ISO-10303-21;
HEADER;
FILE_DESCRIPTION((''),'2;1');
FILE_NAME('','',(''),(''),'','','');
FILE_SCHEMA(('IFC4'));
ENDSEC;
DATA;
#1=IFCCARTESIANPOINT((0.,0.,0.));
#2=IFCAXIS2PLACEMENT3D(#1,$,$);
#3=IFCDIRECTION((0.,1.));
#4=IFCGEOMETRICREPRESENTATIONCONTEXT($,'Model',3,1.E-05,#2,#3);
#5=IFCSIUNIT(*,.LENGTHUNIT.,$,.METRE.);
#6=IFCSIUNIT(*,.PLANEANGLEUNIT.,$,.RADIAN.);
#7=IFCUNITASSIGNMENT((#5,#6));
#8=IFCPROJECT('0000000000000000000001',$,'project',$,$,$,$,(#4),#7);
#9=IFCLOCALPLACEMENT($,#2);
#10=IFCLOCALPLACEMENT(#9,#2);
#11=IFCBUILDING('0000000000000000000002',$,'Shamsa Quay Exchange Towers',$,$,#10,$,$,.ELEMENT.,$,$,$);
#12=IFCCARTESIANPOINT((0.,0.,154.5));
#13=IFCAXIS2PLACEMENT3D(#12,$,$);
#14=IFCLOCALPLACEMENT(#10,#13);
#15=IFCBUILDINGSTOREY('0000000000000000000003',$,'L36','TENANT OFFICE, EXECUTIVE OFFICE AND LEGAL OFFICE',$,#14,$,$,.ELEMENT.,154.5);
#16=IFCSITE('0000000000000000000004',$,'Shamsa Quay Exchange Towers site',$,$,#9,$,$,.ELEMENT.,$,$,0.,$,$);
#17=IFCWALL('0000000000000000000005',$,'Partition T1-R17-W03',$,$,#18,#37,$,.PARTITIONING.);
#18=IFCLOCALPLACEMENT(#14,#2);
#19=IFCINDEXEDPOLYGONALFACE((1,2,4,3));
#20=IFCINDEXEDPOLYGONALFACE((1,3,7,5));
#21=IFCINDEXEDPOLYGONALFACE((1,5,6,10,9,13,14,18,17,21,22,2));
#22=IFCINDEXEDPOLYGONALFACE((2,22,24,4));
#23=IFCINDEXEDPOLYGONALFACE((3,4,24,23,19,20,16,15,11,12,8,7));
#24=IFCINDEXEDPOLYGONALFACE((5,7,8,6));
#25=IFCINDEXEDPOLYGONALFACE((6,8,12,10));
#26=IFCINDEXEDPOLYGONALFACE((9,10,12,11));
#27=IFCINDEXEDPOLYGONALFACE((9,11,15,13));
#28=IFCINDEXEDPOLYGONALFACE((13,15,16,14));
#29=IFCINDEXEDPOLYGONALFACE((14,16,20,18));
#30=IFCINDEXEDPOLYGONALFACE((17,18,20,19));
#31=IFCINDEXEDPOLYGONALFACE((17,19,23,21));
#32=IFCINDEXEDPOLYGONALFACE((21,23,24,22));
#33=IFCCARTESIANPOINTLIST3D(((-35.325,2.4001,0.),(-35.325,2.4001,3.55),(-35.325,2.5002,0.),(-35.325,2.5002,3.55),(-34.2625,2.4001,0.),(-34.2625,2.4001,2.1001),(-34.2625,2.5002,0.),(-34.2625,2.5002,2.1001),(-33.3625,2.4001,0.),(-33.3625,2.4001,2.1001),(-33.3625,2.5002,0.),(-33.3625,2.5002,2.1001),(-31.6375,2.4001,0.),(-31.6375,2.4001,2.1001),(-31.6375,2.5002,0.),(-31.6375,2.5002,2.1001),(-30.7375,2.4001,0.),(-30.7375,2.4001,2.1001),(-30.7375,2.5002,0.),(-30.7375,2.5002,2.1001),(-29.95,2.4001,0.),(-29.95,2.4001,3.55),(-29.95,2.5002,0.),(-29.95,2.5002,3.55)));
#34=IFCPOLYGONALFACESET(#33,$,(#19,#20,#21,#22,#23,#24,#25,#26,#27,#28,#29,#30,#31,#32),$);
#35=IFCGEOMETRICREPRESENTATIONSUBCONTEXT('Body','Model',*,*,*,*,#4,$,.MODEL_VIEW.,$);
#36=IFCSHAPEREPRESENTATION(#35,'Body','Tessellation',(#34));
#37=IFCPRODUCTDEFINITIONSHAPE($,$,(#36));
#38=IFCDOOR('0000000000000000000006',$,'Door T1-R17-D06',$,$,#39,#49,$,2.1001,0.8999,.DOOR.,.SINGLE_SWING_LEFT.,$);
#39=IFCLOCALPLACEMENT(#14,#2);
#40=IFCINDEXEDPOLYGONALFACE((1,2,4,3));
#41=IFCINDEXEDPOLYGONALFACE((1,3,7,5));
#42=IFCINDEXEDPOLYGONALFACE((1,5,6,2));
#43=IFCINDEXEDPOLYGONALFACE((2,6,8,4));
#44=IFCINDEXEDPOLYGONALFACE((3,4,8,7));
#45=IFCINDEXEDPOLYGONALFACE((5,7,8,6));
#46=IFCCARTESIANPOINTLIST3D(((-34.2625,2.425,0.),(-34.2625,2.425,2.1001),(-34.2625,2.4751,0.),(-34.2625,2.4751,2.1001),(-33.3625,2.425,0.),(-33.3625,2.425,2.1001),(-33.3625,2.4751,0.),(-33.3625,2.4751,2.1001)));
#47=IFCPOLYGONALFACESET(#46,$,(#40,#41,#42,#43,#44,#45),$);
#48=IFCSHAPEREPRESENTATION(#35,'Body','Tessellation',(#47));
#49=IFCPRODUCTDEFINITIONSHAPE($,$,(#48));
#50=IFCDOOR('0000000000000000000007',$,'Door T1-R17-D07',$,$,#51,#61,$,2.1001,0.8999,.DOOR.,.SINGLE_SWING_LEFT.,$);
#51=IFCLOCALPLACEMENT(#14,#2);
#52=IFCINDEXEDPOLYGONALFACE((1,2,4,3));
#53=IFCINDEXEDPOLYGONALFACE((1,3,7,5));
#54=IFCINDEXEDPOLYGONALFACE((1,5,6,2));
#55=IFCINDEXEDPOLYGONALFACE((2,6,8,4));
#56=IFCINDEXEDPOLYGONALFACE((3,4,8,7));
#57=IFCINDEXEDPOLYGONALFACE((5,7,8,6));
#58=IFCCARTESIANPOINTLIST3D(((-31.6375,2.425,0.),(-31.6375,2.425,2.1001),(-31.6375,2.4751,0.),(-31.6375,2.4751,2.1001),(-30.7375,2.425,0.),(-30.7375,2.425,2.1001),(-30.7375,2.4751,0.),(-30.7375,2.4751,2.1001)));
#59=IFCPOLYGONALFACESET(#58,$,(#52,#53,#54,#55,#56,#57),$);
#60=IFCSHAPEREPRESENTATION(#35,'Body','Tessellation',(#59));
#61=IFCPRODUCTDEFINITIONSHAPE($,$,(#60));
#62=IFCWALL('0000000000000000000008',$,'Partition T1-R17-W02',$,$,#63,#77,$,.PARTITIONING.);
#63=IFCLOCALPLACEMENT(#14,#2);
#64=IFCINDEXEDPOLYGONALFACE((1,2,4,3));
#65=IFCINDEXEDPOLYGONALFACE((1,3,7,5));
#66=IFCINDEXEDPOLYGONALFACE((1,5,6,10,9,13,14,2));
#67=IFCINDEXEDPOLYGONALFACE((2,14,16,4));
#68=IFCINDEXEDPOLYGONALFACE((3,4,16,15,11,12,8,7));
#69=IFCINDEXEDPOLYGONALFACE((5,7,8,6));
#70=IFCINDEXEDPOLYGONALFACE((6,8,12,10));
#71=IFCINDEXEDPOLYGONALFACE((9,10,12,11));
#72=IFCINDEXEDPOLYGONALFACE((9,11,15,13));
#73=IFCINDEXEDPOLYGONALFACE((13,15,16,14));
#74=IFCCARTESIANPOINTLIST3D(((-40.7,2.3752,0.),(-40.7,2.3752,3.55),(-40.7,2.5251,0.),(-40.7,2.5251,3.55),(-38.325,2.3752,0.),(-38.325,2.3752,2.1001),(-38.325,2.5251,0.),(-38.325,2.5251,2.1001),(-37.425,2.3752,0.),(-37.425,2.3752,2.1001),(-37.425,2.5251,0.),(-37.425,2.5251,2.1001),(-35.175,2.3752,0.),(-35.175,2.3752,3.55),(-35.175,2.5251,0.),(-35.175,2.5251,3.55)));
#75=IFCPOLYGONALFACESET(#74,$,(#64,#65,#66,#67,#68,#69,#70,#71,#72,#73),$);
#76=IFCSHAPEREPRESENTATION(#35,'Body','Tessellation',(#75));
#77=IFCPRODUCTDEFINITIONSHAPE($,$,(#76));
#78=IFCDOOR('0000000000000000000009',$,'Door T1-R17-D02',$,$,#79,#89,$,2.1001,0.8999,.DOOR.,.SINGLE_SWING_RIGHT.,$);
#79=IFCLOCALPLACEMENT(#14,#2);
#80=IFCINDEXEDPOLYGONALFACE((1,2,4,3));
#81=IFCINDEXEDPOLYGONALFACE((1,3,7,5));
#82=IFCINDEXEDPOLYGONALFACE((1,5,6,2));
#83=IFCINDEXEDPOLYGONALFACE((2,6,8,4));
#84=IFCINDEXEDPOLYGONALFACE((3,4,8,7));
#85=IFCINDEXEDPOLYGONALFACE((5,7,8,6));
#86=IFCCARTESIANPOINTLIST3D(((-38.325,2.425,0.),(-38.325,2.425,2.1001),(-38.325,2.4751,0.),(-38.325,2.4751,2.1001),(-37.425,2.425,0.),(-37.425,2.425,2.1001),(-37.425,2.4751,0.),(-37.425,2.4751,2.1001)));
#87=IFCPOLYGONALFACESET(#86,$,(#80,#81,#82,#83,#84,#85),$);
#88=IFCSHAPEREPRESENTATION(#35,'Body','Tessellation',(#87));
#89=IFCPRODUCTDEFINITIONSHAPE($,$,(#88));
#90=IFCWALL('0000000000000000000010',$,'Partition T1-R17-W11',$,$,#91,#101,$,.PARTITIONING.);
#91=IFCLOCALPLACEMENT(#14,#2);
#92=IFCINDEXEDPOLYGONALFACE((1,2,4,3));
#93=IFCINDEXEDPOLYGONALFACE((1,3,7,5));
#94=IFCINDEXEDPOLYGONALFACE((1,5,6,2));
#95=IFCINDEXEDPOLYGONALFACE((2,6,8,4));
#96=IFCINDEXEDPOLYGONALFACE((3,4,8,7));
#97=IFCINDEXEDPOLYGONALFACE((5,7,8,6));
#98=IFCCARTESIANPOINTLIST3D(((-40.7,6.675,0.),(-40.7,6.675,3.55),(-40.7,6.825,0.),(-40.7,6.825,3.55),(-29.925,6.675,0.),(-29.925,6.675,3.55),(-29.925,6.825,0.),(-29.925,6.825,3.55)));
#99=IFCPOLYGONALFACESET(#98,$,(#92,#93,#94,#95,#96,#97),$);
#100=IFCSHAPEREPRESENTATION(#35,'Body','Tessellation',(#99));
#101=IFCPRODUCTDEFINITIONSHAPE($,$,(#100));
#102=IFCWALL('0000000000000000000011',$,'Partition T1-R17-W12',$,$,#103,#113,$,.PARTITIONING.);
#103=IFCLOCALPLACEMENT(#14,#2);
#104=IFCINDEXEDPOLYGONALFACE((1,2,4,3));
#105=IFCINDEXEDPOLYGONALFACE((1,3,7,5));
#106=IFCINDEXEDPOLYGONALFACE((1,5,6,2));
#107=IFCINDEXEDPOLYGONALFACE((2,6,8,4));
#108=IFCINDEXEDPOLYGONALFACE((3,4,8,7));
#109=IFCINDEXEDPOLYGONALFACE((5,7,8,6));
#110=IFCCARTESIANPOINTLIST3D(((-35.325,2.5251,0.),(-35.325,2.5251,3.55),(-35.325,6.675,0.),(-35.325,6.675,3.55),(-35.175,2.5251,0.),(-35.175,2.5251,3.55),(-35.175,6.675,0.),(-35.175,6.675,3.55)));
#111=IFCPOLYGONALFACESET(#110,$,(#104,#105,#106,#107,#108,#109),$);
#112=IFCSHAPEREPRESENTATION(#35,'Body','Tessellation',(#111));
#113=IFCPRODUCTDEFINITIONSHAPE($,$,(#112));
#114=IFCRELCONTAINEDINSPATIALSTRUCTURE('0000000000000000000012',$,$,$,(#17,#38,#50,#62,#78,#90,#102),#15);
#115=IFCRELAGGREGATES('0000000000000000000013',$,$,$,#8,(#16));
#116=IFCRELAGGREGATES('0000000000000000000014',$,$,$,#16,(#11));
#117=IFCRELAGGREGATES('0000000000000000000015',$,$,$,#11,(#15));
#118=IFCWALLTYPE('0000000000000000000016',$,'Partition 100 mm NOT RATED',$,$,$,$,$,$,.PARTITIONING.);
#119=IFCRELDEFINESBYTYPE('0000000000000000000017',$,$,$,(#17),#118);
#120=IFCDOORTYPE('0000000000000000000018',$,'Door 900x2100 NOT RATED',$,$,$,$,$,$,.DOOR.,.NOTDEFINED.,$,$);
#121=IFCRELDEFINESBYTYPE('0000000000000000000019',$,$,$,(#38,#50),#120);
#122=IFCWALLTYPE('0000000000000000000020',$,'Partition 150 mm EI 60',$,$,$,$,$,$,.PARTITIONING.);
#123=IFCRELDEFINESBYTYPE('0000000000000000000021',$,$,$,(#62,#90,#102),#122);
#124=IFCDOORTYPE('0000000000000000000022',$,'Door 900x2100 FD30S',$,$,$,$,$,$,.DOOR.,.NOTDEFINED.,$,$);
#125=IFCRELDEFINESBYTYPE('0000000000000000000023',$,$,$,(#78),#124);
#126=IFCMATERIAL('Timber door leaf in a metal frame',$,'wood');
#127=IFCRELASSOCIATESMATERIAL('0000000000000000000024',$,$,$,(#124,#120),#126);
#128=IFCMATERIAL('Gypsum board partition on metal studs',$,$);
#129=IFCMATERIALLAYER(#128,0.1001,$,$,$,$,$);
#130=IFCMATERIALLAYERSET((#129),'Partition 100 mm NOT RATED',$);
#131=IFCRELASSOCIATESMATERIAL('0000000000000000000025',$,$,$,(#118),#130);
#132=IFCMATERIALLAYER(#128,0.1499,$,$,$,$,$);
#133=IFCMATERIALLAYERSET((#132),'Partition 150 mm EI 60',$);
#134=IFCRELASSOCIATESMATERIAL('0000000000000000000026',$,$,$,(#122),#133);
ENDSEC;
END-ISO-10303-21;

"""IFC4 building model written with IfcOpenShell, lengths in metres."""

from ifc_helpers import new_model, si_unit, direction, frame, frame_2d, origin, place, context, subcontext, project, spatial, rectangle, extrude, material, layer, layer_set, type_object, element, fill, save


model = new_model("IFC4")

# Units and contexts
model_context = context("Model", 3, precision=1e-05, world=origin(), true_north=direction((0.0, 1.0)))
body_context = subcontext(model_context, "Body", "Model", "MODEL_VIEW")
ifc_project = project(units=[si_unit("LENGTHUNIT", "METRE"), si_unit("PLANEANGLEUNIT", "RADIAN")], contexts=[model_context])

# Site, building, storey
site_placement = place(None, origin())
site = spatial("IfcSite", under=ifc_project, at=site_placement, Name="Shamsa Quay Exchange Towers site", CompositionType="ELEMENT", RefElevation=0.0)
building_placement = place(site_placement, origin())
building = spatial("IfcBuilding", under=site, at=building_placement, Name="Shamsa Quay Exchange Towers", CompositionType="ELEMENT")
storey_placement = place(building_placement, frame((0.0, 0.0, 154.5)))
storey = spatial("IfcBuildingStorey", under=building, at=storey_placement, Name="L36", Description="TENANT OFFICE, EXECUTIVE OFFICE AND LEGAL OFFICE", CompositionType="ELEMENT", Elevation=154.5)

# Shared definitions
ifc_material_1 = material(Name="Timber door leaf in a metal frame", Category="wood")
door_type_1 = type_object("IfcDoorType", Name="Door 900x2100 FD30S", OperationType="NOTDEFINED", PredefinedType="DOOR", material=ifc_material_1)

# Wall, openings, doors
ifc_material_2 = material(Name="Gypsum board partition on metal studs")
ifc_layer_1 = layer(ifc_material_2, 0.1001)
ifc_layer_set_1 = layer_set([ifc_layer_1], Name="Partition 100 mm NOT RATED")
wall_type_1 = type_object("IfcWallType", Name="Partition 100 mm NOT RATED", PredefinedType="PARTITIONING", material=ifc_layer_set_1)
wall_1_placement = place(storey_placement, frame((-35.325, 2.4502, 0.0)))
wall_1 = element("IfcWall", 1, at=wall_1_placement, inside=storey, type_object=wall_type_1, Name="Partition T1-R17-W03", PredefinedType="PARTITIONING", context=body_context, shape_type="SweptSolid", body=[
    extrude(rectangle(XDim=5.375, YDim=0.1001, at=frame_2d((2.6875, 0.0))), origin(), (0.0, 0.0, 1.0), 3.55),
])
opening_1_placement = place(wall_1_placement, frame((1.0625, 0.0, 0.0)))
opening_1 = element("IfcOpeningElement", 2, at=opening_1_placement, cuts=wall_1, PredefinedType="OPENING", context=body_context, shape_type="SweptSolid", body=[
    extrude(rectangle(XDim=0.8999, YDim=2.1001, at=frame_2d((0.45, 1.05))), frame((0.0, 0.0601, 0.0), z_axis=(0.0, -1.0, 0.0), x_axis=(1.0, 0.0, 0.0)), (0.0, 0.0, 1.0), 0.1201),
])
opening_2_placement = place(wall_1_placement, frame((3.6875, 0.0, 0.0)))
opening_2 = element("IfcOpeningElement", 3, at=opening_2_placement, cuts=wall_1, PredefinedType="OPENING", context=body_context, shape_type="SweptSolid", body=[
    extrude(rectangle(XDim=0.8999, YDim=2.1001, at=frame_2d((0.45, 1.05))), frame((0.0, 0.0601, 0.0), z_axis=(0.0, -1.0, 0.0), x_axis=(1.0, 0.0, 0.0)), (0.0, 0.0, 1.0), 0.1201),
])
door_type_2 = type_object("IfcDoorType", Name="Door 900x2100 NOT RATED", OperationType="NOTDEFINED", PredefinedType="DOOR", material=ifc_material_1)
door_1_placement = place(opening_1_placement, origin())
door_1 = element("IfcDoor", 4, at=door_1_placement, inside=storey, type_object=door_type_2, Name="Door T1-R17-D06", OperationType="SINGLE_SWING_LEFT", OverallHeight=2.1001, OverallWidth=0.8999, PredefinedType="DOOR", context=body_context, shape_type="SweptSolid", body=[
    extrude(rectangle(XDim=0.8999, YDim=2.1001, at=frame_2d((0.45, 1.05))), frame((0.0, 0.0249, 0.0), z_axis=(0.0, -1.0, 0.0), x_axis=(1.0, 0.0, 0.0)), (0.0, 0.0, 1.0), 0.05),
])
fill(opening_1, door_1)
door_2_placement = place(opening_2_placement, origin())
door_2 = element("IfcDoor", 5, at=door_2_placement, inside=storey, type_object=door_type_2, Name="Door T1-R17-D07", OperationType="SINGLE_SWING_LEFT", OverallHeight=2.1001, OverallWidth=0.8999, PredefinedType="DOOR", context=body_context, shape_type="SweptSolid", body=[
    extrude(rectangle(XDim=0.8999, YDim=2.1001, at=frame_2d((0.45, 1.05))), frame((0.0, 0.0249, 0.0), z_axis=(0.0, -1.0, 0.0), x_axis=(1.0, 0.0, 0.0)), (0.0, 0.0, 1.0), 0.05),
])
fill(opening_2, door_2)

# Wall, opening, door
ifc_layer_2 = layer(ifc_material_2, 0.1499)
ifc_layer_set_2 = layer_set([ifc_layer_2], Name="Partition 150 mm EI 60")
wall_type_2 = type_object("IfcWallType", Name="Partition 150 mm EI 60", PredefinedType="PARTITIONING", material=ifc_layer_set_2)
wall_2_placement = place(storey_placement, frame((-40.7, 2.4502, 0.0)))
wall_2 = element("IfcWall", 6, at=wall_2_placement, inside=storey, type_object=wall_type_2, Name="Partition T1-R17-W02", PredefinedType="PARTITIONING", context=body_context, shape_type="SweptSolid", body=[
    extrude(rectangle(XDim=5.5249, YDim=0.1499, at=frame_2d((2.7625, 0.0))), origin(), (0.0, 0.0, 1.0), 3.55),
])
opening_3_placement = place(wall_2_placement, frame((2.375, 0.0, 0.0)))
opening_3 = element("IfcOpeningElement", 7, at=opening_3_placement, cuts=wall_2, PredefinedType="OPENING", context=body_context, shape_type="SweptSolid", body=[
    extrude(rectangle(XDim=0.8999, YDim=2.1001, at=frame_2d((0.45, 1.05))), frame((0.0, 0.085, 0.0), z_axis=(0.0, -1.0, 0.0), x_axis=(1.0, 0.0, 0.0)), (0.0, 0.0, 1.0), 0.1699),
])
door_3_placement = place(opening_3_placement, origin())
door_3 = element("IfcDoor", 8, at=door_3_placement, inside=storey, type_object=door_type_1, Name="Door T1-R17-D02", OperationType="SINGLE_SWING_RIGHT", OverallHeight=2.1001, OverallWidth=0.8999, PredefinedType="DOOR", context=body_context, shape_type="SweptSolid", body=[
    extrude(rectangle(XDim=0.8999, YDim=2.1001, at=frame_2d((0.45, 1.05))), frame((0.0, 0.0249, 0.0), z_axis=(0.0, -1.0, 0.0), x_axis=(1.0, 0.0, 0.0)), (0.0, 0.0, 1.0), 0.05),
])
fill(opening_3, door_3)

# Walls
wall_3_placement = place(storey_placement, frame((-40.7, 6.75, 0.0)))
element("IfcWall", 9, at=wall_3_placement, inside=storey, type_object=wall_type_2, Name="Partition T1-R17-W11", PredefinedType="PARTITIONING", context=body_context, shape_type="SweptSolid", body=[
    extrude(rectangle(XDim=10.7749, YDim=0.1499, at=frame_2d((5.3875, 0.0))), origin(), (0.0, 0.0, 1.0), 3.55),
])
wall_4_placement = place(storey_placement, frame((-35.25, 2.5251, 0.0), z_axis=(0.0, 0.0, 1.0), x_axis=(0.0, 1.0, 0.0)))
element("IfcWall", 10, at=wall_4_placement, inside=storey, type_object=wall_type_2, Name="Partition T1-R17-W12", PredefinedType="PARTITIONING", context=body_context, shape_type="SweptSolid", body=[
    extrude(rectangle(XDim=4.1499, YDim=0.1499, at=frame_2d((2.075, 0.0))), origin(), (0.0, 0.0, 1.0), 3.55),
])

save(model, "model.ifc")
